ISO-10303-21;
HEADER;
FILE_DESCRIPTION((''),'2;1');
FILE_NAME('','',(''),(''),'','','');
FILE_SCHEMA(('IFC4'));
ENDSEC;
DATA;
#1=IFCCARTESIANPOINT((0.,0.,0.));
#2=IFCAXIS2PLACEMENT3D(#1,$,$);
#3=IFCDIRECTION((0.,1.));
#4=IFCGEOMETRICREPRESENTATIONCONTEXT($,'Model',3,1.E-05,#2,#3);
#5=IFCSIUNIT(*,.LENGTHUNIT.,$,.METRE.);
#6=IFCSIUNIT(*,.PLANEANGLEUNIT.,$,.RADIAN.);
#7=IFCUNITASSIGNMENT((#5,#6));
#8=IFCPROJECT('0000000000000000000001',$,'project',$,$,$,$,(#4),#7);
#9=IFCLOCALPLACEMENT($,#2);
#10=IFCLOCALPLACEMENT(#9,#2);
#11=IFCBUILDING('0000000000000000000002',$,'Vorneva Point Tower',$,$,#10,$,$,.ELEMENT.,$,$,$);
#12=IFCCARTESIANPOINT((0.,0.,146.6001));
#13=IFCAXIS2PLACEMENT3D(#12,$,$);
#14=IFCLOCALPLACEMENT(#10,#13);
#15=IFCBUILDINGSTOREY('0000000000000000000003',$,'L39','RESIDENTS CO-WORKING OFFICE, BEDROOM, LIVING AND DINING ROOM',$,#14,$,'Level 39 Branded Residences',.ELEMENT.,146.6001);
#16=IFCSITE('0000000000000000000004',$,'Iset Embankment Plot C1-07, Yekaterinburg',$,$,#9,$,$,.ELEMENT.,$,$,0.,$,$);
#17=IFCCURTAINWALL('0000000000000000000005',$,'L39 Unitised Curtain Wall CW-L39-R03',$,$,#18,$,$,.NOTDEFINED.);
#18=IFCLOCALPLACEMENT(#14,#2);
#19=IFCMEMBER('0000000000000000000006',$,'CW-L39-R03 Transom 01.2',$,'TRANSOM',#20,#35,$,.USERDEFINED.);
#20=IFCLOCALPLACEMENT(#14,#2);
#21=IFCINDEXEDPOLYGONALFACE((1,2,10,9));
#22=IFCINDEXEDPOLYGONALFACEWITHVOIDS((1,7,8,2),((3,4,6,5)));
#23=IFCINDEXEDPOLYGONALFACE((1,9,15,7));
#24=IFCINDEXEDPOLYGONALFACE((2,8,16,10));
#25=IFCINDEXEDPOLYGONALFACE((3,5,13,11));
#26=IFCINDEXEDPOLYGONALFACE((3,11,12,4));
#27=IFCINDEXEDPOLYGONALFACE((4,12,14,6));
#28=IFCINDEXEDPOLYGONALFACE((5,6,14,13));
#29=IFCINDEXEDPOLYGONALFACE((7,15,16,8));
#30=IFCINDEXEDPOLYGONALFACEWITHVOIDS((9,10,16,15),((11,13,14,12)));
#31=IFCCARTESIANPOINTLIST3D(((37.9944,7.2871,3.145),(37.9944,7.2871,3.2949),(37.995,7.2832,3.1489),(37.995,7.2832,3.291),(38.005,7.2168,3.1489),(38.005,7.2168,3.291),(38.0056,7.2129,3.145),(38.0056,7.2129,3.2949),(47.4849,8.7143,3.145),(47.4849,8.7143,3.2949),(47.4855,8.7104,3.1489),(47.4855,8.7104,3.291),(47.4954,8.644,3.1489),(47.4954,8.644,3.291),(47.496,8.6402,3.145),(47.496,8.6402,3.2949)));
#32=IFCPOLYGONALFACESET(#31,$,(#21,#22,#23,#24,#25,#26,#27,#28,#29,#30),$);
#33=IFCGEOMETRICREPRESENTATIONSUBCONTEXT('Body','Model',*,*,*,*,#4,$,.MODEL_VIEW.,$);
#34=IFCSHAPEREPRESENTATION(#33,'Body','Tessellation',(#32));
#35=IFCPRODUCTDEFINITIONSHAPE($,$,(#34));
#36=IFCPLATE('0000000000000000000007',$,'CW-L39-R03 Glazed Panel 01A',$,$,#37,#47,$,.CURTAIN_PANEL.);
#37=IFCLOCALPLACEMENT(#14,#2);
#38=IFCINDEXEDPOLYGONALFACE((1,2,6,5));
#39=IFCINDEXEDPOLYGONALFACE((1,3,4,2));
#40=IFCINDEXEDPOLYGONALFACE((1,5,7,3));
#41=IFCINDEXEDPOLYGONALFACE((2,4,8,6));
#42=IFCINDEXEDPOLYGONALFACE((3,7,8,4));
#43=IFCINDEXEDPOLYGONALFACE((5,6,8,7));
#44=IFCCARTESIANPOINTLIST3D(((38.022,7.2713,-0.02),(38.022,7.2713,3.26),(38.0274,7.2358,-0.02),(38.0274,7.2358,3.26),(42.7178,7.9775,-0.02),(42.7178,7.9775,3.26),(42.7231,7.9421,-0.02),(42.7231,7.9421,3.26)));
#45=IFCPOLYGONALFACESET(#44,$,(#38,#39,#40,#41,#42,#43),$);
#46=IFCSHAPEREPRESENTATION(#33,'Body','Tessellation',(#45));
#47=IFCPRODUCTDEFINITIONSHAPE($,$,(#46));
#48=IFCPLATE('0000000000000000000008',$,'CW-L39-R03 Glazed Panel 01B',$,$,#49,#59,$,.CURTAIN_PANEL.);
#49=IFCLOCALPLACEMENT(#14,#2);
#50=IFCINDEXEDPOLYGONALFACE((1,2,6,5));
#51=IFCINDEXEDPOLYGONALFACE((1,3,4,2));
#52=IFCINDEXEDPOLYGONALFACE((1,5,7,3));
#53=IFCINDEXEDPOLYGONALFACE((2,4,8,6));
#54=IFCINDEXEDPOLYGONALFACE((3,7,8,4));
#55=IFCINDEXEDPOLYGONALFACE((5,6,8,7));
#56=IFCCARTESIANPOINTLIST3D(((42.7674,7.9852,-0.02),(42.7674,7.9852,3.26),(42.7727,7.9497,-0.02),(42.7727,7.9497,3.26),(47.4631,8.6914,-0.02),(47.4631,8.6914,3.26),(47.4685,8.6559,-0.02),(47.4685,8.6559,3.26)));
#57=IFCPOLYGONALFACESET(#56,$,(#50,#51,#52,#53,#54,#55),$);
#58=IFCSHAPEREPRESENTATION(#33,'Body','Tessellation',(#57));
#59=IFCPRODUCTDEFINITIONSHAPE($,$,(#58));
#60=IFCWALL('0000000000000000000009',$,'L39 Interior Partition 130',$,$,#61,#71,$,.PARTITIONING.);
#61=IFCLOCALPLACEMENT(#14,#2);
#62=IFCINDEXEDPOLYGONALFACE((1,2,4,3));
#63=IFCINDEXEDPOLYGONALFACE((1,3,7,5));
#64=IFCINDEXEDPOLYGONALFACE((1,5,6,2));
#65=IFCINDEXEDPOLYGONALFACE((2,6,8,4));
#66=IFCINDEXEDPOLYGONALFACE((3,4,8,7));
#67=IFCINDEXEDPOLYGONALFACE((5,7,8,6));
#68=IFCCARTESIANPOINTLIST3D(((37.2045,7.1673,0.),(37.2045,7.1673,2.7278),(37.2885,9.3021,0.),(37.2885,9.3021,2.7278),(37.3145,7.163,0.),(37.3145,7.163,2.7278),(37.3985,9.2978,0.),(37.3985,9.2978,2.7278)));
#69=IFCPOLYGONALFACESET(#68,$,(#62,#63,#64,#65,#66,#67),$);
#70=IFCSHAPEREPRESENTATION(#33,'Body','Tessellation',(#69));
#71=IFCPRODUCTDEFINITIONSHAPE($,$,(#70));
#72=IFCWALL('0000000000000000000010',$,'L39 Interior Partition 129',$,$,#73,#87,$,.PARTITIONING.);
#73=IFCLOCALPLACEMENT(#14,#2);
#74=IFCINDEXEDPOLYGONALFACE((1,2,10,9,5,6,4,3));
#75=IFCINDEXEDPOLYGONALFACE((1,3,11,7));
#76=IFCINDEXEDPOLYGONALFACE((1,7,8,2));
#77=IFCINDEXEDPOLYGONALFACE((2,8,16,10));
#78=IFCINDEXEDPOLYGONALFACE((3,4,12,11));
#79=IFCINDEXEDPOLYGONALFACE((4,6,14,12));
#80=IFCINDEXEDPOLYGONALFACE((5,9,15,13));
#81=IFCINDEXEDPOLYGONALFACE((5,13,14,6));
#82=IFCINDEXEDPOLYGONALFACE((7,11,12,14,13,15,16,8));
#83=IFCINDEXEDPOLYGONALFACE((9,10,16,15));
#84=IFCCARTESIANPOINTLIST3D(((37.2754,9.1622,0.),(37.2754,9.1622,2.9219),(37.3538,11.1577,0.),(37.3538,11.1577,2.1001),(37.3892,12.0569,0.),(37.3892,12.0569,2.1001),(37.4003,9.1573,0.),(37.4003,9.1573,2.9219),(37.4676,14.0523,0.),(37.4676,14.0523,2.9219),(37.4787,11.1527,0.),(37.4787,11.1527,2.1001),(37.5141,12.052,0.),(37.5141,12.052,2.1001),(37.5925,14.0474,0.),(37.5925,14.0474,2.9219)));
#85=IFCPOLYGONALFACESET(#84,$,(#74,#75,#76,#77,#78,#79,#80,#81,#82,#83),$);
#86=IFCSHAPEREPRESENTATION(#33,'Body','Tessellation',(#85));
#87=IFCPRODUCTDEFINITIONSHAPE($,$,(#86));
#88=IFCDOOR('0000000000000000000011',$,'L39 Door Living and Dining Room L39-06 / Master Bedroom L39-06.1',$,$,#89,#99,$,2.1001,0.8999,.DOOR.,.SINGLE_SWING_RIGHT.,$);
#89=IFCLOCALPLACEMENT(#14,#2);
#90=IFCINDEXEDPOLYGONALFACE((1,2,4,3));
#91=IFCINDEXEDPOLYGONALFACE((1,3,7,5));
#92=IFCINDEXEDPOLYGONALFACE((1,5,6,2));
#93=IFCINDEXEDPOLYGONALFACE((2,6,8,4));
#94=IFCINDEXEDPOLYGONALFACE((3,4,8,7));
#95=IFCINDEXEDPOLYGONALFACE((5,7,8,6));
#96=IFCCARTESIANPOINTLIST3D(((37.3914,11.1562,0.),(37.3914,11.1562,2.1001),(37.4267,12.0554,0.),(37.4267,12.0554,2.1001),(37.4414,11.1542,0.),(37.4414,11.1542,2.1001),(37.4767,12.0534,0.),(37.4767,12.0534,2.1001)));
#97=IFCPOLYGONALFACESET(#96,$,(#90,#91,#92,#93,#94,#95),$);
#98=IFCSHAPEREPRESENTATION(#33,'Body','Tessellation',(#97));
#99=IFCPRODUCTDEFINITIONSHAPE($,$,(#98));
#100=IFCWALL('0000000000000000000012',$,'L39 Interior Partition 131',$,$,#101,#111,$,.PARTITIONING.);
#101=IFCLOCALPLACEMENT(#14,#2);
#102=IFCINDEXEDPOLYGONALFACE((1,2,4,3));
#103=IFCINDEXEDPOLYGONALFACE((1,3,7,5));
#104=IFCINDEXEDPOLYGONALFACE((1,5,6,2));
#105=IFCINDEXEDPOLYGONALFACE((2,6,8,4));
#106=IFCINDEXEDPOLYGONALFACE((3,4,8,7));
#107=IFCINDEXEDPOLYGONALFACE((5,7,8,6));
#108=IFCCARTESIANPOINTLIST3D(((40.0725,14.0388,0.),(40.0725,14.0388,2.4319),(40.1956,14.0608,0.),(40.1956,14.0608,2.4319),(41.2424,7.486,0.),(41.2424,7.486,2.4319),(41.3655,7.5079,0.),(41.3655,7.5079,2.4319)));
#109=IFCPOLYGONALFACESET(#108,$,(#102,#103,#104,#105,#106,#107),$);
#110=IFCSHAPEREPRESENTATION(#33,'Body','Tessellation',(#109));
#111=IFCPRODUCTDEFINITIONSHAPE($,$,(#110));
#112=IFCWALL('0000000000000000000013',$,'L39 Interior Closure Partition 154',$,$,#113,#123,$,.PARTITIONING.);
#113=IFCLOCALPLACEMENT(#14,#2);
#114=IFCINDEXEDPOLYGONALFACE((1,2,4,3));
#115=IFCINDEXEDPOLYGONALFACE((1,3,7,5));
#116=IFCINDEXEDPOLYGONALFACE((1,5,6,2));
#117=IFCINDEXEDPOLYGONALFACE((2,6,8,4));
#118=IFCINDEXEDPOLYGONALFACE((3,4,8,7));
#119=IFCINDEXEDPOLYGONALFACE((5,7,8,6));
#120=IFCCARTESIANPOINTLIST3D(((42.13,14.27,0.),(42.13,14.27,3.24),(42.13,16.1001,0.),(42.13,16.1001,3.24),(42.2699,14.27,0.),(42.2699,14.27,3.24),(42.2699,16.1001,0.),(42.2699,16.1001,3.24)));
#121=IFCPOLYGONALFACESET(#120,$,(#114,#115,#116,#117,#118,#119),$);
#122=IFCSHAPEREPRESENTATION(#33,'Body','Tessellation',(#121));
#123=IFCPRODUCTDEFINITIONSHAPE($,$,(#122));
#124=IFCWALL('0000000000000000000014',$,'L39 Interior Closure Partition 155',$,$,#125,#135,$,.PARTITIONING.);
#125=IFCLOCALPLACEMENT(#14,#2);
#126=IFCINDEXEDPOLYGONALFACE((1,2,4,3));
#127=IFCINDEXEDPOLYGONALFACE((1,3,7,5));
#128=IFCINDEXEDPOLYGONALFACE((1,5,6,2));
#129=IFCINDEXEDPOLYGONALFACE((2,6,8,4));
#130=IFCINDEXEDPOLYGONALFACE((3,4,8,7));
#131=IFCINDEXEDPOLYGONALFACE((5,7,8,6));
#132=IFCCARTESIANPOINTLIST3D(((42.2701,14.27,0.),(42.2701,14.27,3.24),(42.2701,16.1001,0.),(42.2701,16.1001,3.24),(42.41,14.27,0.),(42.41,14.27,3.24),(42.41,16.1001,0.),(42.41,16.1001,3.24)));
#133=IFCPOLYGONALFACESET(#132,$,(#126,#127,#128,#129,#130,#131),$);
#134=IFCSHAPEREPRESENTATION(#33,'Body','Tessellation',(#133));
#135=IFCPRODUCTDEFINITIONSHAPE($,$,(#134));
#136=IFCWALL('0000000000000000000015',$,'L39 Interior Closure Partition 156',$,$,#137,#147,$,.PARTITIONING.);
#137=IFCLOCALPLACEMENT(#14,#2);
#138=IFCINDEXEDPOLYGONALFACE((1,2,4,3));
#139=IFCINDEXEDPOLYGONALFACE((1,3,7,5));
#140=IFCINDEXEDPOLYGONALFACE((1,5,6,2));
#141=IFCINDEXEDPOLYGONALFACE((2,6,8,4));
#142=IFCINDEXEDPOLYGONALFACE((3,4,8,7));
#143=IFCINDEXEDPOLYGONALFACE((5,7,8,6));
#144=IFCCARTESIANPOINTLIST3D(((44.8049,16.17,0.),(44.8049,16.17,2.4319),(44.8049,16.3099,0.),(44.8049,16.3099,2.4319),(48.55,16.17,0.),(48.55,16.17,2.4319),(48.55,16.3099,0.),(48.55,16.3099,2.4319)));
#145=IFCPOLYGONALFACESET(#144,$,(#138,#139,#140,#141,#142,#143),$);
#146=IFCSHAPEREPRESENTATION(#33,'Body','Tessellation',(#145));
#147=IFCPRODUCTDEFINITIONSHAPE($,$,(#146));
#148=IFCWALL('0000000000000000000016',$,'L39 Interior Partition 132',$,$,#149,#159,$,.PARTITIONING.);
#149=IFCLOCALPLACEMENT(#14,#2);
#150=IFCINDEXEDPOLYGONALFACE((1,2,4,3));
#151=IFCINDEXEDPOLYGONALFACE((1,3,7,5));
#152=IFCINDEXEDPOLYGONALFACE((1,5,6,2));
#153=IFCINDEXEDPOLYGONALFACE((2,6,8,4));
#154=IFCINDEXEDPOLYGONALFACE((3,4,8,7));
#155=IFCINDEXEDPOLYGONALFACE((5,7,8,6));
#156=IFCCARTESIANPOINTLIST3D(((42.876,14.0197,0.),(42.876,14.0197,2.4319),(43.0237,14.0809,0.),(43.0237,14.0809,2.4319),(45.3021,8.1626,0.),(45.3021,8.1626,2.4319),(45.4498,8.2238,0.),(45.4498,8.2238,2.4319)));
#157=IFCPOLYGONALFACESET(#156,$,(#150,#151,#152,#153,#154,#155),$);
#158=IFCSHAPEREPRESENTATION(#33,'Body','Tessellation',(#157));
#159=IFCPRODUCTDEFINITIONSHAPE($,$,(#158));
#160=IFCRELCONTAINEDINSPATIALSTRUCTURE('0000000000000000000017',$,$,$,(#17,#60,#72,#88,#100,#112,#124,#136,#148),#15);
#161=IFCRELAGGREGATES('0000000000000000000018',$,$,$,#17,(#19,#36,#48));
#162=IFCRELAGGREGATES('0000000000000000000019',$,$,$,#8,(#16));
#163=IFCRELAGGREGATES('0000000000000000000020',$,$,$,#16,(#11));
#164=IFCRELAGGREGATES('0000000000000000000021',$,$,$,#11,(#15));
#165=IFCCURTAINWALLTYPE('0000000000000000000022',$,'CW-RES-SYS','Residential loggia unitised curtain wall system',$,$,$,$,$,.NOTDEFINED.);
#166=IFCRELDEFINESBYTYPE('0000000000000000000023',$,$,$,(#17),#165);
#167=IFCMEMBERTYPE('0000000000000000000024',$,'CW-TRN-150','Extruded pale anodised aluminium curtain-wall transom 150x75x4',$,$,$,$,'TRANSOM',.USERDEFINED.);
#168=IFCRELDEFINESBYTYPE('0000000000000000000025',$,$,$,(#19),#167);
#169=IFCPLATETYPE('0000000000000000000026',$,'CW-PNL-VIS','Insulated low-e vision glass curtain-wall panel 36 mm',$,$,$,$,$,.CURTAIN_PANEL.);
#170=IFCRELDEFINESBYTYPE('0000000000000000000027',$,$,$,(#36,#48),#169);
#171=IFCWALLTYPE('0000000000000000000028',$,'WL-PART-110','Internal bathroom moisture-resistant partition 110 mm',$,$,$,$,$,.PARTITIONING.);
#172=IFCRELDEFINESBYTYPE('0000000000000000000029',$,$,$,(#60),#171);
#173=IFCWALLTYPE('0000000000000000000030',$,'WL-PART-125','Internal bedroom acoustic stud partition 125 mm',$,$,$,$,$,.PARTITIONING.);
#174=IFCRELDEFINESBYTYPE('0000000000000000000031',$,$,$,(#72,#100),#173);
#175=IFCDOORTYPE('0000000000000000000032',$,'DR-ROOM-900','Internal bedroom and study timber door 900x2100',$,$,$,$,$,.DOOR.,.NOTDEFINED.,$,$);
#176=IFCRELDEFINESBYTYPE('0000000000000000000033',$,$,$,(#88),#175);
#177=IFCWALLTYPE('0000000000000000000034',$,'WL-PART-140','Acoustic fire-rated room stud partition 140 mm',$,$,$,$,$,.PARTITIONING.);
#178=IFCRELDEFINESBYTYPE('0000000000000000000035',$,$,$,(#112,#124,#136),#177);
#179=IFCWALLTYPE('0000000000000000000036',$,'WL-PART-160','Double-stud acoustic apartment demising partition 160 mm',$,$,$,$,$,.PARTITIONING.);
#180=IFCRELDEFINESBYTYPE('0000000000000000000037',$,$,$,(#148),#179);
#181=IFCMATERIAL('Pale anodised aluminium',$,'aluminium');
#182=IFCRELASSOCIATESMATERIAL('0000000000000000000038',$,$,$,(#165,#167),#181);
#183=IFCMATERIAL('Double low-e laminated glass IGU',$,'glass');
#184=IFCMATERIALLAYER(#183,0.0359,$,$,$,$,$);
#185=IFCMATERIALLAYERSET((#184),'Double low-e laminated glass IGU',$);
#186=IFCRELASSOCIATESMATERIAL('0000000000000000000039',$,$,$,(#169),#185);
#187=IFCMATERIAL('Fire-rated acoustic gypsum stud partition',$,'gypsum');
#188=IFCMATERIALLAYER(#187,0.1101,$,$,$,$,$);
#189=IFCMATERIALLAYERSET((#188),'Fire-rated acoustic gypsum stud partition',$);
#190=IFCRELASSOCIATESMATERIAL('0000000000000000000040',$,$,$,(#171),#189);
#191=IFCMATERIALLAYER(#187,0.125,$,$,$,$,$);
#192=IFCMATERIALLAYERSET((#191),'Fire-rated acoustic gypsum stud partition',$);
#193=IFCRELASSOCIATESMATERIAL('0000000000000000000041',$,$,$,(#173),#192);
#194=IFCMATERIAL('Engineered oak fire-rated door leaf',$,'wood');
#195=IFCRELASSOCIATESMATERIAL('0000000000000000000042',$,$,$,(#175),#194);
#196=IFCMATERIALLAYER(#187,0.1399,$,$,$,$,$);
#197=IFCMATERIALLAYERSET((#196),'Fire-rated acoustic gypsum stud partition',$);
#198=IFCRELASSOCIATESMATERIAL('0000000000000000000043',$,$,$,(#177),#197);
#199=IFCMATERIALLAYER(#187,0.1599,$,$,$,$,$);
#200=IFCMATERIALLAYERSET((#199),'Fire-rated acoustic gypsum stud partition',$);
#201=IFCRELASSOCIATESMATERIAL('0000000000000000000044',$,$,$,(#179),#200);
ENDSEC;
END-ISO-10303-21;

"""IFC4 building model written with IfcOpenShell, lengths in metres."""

from ifc_helpers import new_model, si_unit, direction, frame, frame_2d, origin, origin_2d, place, context, subcontext, project, spatial, rectangle, hollow_rectangle, extrude, material, layer, layer_set, material_profile, profile_set, type_object, element, fill, aggregate, save


model = new_model("IFC4")

# Units and contexts
model_context = context("Model", 3, precision=1e-05, world=origin(), true_north=direction((0.0, 1.0)))
body_context = subcontext(model_context, "Body", "Model", "MODEL_VIEW")
ifc_project = project(units=[si_unit("LENGTHUNIT", "METRE"), si_unit("PLANEANGLEUNIT", "RADIAN")], contexts=[model_context])

# Site, building, storey
site_placement = place(None, origin())
site = spatial("IfcSite", under=ifc_project, at=site_placement, Name="Iset Embankment Plot C1-07, Yekaterinburg", CompositionType="ELEMENT", RefElevation=0.0)
building_placement = place(site_placement, origin())
building = spatial("IfcBuilding", under=site, at=building_placement, Name="Vorneva Point Tower", CompositionType="ELEMENT")
storey_placement = place(building_placement, frame((0.0, 0.0, 146.6001)))
storey = spatial("IfcBuildingStorey", under=building, at=storey_placement, Name="L39", Description="RESIDENTS CO-WORKING OFFICE, BEDROOM, LIVING AND DINING ROOM", LongName="Level 39 Branded Residences", CompositionType="ELEMENT", Elevation=146.6001)

# Curtain wall, member, plates
ifc_material_1 = material(Name="Pale anodised aluminium", Category="aluminium")
curtain_wall_type = type_object("IfcCurtainWallType", Name="CW-RES-SYS", Description="Residential loggia unitised curtain wall system", PredefinedType="NOTDEFINED", material=ifc_material_1)
curtain_wall_placement = place(storey_placement, origin())
curtain_wall = element("IfcCurtainWall", 1, at=curtain_wall_placement, inside=storey, type_object=curtain_wall_type, Name="L39 Unitised Curtain Wall CW-L39-R03", PredefinedType="NOTDEFINED")
ifc_material_profile_1 = material_profile(ifc_material_1, hollow_rectangle(XDim=0.075, YDim=0.1499, WallThickness=0.0039, at=origin_2d()), Name="AL-TRN 150x75x4")
ifc_profile_set_1 = profile_set([ifc_material_profile_1], Name="Pale anodised aluminium")
member_type_1 = type_object("IfcMemberType", Name="CW-TRN-150", Description="Extruded pale anodised aluminium curtain-wall transom 150x75x4", ElementType="TRANSOM", PredefinedType="USERDEFINED", material=ifc_profile_set_1)
member_1_placement = place(storey_placement, frame((38.0, 7.25, 3.22), z_axis=(0.98888, 0.148715, 0.0), x_axis=(-0.148715, 0.98888, 0.0)))
member_1 = element("IfcMember", 2, at=member_1_placement, type_object=member_type_1, Name="CW-L39-R03 Transom 01.2", ObjectType="TRANSOM", PredefinedType="USERDEFINED", context=body_context, shape_type="SweptSolid", body=[
    extrude(hollow_rectangle(XDim=0.075, YDim=0.1499, WallThickness=0.0039, at=origin_2d()), origin(), (0.0, 0.0, 1.0), 9.5972),
])
ifc_material_2 = material(Name="Double low-e laminated glass IGU", Category="glass")
ifc_layer_1 = layer(ifc_material_2, 0.0359)
ifc_layer_set_1 = layer_set([ifc_layer_1], Name="Double low-e laminated glass IGU")
plate_type = type_object("IfcPlateType", Name="CW-PNL-VIS", Description="Insulated low-e vision glass curtain-wall panel 36 mm", PredefinedType="CURTAIN_PANEL", material=ifc_layer_set_1)
plate_1_placement = place(storey_placement, frame((40.3726, 7.6067, -0.02), z_axis=(0.0, 0.0, 1.0), x_axis=(0.988879, 0.148724, 0.0)))
plate_1 = element("IfcPlate", 3, at=plate_1_placement, type_object=plate_type, Name="CW-L39-R03 Glazed Panel 01A", PredefinedType="CURTAIN_PANEL", context=body_context, shape_type="SweptSolid", body=[
    extrude(rectangle(XDim=4.7485, YDim=0.0359, at=origin_2d()), origin(), (0.0, 0.0, 1.0), 3.28),
])
plate_2_placement = place(storey_placement, frame((45.1179, 8.3206, -0.02), z_axis=(0.0, 0.0, 1.0), x_axis=(0.988879, 0.148724, 0.0)))
plate_2 = element("IfcPlate", 4, at=plate_2_placement, type_object=plate_type, Name="CW-L39-R03 Glazed Panel 01B", PredefinedType="CURTAIN_PANEL", context=body_context, shape_type="SweptSolid", body=[
    extrude(rectangle(XDim=4.7485, YDim=0.0359, at=origin_2d()), origin(), (0.0, 0.0, 1.0), 3.28),
])
aggregate(curtain_wall, [member_1, plate_1, plate_2])

# Wall
ifc_material_3 = material(Name="Fire-rated acoustic gypsum stud partition", Category="gypsum")
ifc_layer_2 = layer(ifc_material_3, 0.1101)
ifc_layer_set_2 = layer_set([ifc_layer_2], Name="Fire-rated acoustic gypsum stud partition")
wall_type_1 = type_object("IfcWallType", Name="WL-PART-110", Description="Internal bathroom moisture-resistant partition 110 mm", PredefinedType="PARTITIONING", material=ifc_layer_set_2)
wall_1_placement = place(storey_placement, frame((37.2595, 7.165, 0.0), z_axis=(0.0, 0.0, 1.0), x_axis=(0.039311, 0.999227, 0.0)))
element("IfcWall", 5, at=wall_1_placement, inside=storey, type_object=wall_type_1, Name="L39 Interior Partition 130", PredefinedType="PARTITIONING", context=body_context, shape_type="SweptSolid", body=[
    extrude(rectangle(XDim=2.1365, YDim=0.1101, at=frame_2d((1.0684, 0.0))), origin(), (0.0, 0.0, 1.0), 2.7278),
])

# Wall, opening, door
ifc_layer_3 = layer(ifc_material_3, 0.125)
ifc_layer_set_3 = layer_set([ifc_layer_3], Name="Fire-rated acoustic gypsum stud partition")
wall_type_2 = type_object("IfcWallType", Name="WL-PART-125", Description="Internal bedroom acoustic stud partition 125 mm", PredefinedType="PARTITIONING", material=ifc_layer_set_3)
wall_2_placement = place(storey_placement, frame((37.3379, 9.1599, 0.0), z_axis=(0.0, 0.0, 1.0), x_axis=(0.039261, 0.999229, 0.0)))
wall_2 = element("IfcWall", 6, at=wall_2_placement, inside=storey, type_object=wall_type_2, Name="L39 Interior Partition 129", PredefinedType="PARTITIONING", context=body_context, shape_type="SweptSolid", body=[
    extrude(rectangle(XDim=4.8938, YDim=0.125, at=frame_2d((2.4468, 0.0))), origin(), (0.0, 0.0, 1.0), 2.9219),
])
opening_1_placement = place(wall_2_placement, frame((1.9968, 0.0, 0.0)))
opening_1 = element("IfcOpeningElement", 7, at=opening_1_placement, cuts=wall_2, PredefinedType="OPENING", context=body_context, shape_type="SweptSolid", body=[
    extrude(rectangle(XDim=0.8999, YDim=2.1001, at=frame_2d((0.45, 1.05))), frame((0.0, 0.0774, 0.0), z_axis=(0.0, -1.0, 0.0), x_axis=(1.0, 0.0, 0.0)), (0.0, 0.0, 1.0), 0.1548),
])
ifc_material_4 = material(Name="Engineered oak fire-rated door leaf", Category="wood")
door_type_1 = type_object("IfcDoorType", Name="DR-ROOM-900", Description="Internal bedroom and study timber door 900x2100", OperationType="NOTDEFINED", PredefinedType="DOOR", material=ifc_material_4)
door_1_placement = place(opening_1_placement, origin())
door_1 = element("IfcDoor", 8, at=door_1_placement, inside=storey, type_object=door_type_1, Name="L39 Door Living and Dining Room L39-06 / Master Bedroom L39-06.1", OperationType="SINGLE_SWING_RIGHT", OverallHeight=2.1001, OverallWidth=0.8999, PredefinedType="DOOR", context=body_context, shape_type="SweptSolid", body=[
    extrude(rectangle(XDim=0.8999, YDim=2.1001, at=frame_2d((0.45, 1.05))), frame((0.0, 0.0249, 0.0), z_axis=(0.0, -1.0, 0.0), x_axis=(1.0, 0.0, 0.0)), (0.0, 0.0, 1.0), 0.05),
])
fill(opening_1, door_1)

# Walls
wall_3_placement = place(storey_placement, frame((41.304, 7.4971, 0.0), z_axis=(0.0, 0.0, 1.0), x_axis=(-0.175754, 0.984434, 0.0)))
element("IfcWall", 9, at=wall_3_placement, inside=storey, type_object=wall_type_2, Name="L39 Interior Partition 131", PredefinedType="PARTITIONING", context=body_context, shape_type="SweptSolid", body=[
    extrude(rectangle(XDim=6.6565, YDim=0.125, at=frame_2d((3.3281, 0.0))), origin(), (0.0, 0.0, 1.0), 2.4319),
])
ifc_layer_4 = layer(ifc_material_3, 0.1399)
ifc_layer_set_4 = layer_set([ifc_layer_4], Name="Fire-rated acoustic gypsum stud partition")
wall_type_3 = type_object("IfcWallType", Name="WL-PART-140", Description="Acoustic fire-rated room stud partition 140 mm", PredefinedType="PARTITIONING", material=ifc_layer_set_4)
for number, where, z_axis, x_axis, name in (
    (10, (42.2, 16.1001, 0.0), (0.0, 0.0, 1.0), (0.0, -1.0, 0.0), "L39 Interior Closure Partition 154"),
    (11, (42.3401, 14.27, 0.0), (0.0, 0.0, 1.0), (0.0, 1.0, 0.0), "L39 Interior Closure Partition 155"),
):
    element("IfcWall", number, at=place(storey_placement, frame(where, z_axis=z_axis, x_axis=x_axis)), inside=storey, type_object=wall_type_3, Name=name, PredefinedType="PARTITIONING", context=body_context, shape_type="SweptSolid", body=[
        extrude(rectangle(XDim=1.8301, YDim=0.1399, at=frame_2d((0.915, 0.0))), origin(), (0.0, 0.0, 1.0), 3.24),
    ])
wall_4_placement = place(storey_placement, frame((44.8049, 16.24, 0.0), z_axis=(0.0, 0.0, 1.0), x_axis=(1.0, 0.0, 0.0)))
element("IfcWall", 12, at=wall_4_placement, inside=storey, type_object=wall_type_3, Name="L39 Interior Closure Partition 156", PredefinedType="PARTITIONING", context=body_context, shape_type="SweptSolid", body=[
    extrude(rectangle(XDim=3.7451, YDim=0.1399, at=frame_2d((1.8726, 0.0))), origin(), (0.0, 0.0, 1.0), 2.4319),
])
ifc_layer_5 = layer(ifc_material_3, 0.1599)
ifc_layer_set_5 = layer_set([ifc_layer_5], Name="Fire-rated acoustic gypsum stud partition")
wall_type_4 = type_object("IfcWallType", Name="WL-PART-160", Description="Double-stud acoustic apartment demising partition 160 mm", PredefinedType="PARTITIONING", material=ifc_layer_set_5)
wall_5_placement = place(storey_placement, frame((45.376, 8.1931, 0.0), z_axis=(0.0, 0.0, 1.0), x_axis=(-0.382684, 0.923879, 0.0)))
element("IfcWall", 13, at=wall_5_placement, inside=storey, type_object=wall_type_4, Name="L39 Interior Partition 132", PredefinedType="PARTITIONING", context=body_context, shape_type="SweptSolid", body=[
    extrude(rectangle(XDim=6.3396, YDim=0.1599, at=frame_2d((3.1699, 0.0))), origin(), (0.0, 0.0, 1.0), 2.4319),
])

save(model, "model.ifc")
